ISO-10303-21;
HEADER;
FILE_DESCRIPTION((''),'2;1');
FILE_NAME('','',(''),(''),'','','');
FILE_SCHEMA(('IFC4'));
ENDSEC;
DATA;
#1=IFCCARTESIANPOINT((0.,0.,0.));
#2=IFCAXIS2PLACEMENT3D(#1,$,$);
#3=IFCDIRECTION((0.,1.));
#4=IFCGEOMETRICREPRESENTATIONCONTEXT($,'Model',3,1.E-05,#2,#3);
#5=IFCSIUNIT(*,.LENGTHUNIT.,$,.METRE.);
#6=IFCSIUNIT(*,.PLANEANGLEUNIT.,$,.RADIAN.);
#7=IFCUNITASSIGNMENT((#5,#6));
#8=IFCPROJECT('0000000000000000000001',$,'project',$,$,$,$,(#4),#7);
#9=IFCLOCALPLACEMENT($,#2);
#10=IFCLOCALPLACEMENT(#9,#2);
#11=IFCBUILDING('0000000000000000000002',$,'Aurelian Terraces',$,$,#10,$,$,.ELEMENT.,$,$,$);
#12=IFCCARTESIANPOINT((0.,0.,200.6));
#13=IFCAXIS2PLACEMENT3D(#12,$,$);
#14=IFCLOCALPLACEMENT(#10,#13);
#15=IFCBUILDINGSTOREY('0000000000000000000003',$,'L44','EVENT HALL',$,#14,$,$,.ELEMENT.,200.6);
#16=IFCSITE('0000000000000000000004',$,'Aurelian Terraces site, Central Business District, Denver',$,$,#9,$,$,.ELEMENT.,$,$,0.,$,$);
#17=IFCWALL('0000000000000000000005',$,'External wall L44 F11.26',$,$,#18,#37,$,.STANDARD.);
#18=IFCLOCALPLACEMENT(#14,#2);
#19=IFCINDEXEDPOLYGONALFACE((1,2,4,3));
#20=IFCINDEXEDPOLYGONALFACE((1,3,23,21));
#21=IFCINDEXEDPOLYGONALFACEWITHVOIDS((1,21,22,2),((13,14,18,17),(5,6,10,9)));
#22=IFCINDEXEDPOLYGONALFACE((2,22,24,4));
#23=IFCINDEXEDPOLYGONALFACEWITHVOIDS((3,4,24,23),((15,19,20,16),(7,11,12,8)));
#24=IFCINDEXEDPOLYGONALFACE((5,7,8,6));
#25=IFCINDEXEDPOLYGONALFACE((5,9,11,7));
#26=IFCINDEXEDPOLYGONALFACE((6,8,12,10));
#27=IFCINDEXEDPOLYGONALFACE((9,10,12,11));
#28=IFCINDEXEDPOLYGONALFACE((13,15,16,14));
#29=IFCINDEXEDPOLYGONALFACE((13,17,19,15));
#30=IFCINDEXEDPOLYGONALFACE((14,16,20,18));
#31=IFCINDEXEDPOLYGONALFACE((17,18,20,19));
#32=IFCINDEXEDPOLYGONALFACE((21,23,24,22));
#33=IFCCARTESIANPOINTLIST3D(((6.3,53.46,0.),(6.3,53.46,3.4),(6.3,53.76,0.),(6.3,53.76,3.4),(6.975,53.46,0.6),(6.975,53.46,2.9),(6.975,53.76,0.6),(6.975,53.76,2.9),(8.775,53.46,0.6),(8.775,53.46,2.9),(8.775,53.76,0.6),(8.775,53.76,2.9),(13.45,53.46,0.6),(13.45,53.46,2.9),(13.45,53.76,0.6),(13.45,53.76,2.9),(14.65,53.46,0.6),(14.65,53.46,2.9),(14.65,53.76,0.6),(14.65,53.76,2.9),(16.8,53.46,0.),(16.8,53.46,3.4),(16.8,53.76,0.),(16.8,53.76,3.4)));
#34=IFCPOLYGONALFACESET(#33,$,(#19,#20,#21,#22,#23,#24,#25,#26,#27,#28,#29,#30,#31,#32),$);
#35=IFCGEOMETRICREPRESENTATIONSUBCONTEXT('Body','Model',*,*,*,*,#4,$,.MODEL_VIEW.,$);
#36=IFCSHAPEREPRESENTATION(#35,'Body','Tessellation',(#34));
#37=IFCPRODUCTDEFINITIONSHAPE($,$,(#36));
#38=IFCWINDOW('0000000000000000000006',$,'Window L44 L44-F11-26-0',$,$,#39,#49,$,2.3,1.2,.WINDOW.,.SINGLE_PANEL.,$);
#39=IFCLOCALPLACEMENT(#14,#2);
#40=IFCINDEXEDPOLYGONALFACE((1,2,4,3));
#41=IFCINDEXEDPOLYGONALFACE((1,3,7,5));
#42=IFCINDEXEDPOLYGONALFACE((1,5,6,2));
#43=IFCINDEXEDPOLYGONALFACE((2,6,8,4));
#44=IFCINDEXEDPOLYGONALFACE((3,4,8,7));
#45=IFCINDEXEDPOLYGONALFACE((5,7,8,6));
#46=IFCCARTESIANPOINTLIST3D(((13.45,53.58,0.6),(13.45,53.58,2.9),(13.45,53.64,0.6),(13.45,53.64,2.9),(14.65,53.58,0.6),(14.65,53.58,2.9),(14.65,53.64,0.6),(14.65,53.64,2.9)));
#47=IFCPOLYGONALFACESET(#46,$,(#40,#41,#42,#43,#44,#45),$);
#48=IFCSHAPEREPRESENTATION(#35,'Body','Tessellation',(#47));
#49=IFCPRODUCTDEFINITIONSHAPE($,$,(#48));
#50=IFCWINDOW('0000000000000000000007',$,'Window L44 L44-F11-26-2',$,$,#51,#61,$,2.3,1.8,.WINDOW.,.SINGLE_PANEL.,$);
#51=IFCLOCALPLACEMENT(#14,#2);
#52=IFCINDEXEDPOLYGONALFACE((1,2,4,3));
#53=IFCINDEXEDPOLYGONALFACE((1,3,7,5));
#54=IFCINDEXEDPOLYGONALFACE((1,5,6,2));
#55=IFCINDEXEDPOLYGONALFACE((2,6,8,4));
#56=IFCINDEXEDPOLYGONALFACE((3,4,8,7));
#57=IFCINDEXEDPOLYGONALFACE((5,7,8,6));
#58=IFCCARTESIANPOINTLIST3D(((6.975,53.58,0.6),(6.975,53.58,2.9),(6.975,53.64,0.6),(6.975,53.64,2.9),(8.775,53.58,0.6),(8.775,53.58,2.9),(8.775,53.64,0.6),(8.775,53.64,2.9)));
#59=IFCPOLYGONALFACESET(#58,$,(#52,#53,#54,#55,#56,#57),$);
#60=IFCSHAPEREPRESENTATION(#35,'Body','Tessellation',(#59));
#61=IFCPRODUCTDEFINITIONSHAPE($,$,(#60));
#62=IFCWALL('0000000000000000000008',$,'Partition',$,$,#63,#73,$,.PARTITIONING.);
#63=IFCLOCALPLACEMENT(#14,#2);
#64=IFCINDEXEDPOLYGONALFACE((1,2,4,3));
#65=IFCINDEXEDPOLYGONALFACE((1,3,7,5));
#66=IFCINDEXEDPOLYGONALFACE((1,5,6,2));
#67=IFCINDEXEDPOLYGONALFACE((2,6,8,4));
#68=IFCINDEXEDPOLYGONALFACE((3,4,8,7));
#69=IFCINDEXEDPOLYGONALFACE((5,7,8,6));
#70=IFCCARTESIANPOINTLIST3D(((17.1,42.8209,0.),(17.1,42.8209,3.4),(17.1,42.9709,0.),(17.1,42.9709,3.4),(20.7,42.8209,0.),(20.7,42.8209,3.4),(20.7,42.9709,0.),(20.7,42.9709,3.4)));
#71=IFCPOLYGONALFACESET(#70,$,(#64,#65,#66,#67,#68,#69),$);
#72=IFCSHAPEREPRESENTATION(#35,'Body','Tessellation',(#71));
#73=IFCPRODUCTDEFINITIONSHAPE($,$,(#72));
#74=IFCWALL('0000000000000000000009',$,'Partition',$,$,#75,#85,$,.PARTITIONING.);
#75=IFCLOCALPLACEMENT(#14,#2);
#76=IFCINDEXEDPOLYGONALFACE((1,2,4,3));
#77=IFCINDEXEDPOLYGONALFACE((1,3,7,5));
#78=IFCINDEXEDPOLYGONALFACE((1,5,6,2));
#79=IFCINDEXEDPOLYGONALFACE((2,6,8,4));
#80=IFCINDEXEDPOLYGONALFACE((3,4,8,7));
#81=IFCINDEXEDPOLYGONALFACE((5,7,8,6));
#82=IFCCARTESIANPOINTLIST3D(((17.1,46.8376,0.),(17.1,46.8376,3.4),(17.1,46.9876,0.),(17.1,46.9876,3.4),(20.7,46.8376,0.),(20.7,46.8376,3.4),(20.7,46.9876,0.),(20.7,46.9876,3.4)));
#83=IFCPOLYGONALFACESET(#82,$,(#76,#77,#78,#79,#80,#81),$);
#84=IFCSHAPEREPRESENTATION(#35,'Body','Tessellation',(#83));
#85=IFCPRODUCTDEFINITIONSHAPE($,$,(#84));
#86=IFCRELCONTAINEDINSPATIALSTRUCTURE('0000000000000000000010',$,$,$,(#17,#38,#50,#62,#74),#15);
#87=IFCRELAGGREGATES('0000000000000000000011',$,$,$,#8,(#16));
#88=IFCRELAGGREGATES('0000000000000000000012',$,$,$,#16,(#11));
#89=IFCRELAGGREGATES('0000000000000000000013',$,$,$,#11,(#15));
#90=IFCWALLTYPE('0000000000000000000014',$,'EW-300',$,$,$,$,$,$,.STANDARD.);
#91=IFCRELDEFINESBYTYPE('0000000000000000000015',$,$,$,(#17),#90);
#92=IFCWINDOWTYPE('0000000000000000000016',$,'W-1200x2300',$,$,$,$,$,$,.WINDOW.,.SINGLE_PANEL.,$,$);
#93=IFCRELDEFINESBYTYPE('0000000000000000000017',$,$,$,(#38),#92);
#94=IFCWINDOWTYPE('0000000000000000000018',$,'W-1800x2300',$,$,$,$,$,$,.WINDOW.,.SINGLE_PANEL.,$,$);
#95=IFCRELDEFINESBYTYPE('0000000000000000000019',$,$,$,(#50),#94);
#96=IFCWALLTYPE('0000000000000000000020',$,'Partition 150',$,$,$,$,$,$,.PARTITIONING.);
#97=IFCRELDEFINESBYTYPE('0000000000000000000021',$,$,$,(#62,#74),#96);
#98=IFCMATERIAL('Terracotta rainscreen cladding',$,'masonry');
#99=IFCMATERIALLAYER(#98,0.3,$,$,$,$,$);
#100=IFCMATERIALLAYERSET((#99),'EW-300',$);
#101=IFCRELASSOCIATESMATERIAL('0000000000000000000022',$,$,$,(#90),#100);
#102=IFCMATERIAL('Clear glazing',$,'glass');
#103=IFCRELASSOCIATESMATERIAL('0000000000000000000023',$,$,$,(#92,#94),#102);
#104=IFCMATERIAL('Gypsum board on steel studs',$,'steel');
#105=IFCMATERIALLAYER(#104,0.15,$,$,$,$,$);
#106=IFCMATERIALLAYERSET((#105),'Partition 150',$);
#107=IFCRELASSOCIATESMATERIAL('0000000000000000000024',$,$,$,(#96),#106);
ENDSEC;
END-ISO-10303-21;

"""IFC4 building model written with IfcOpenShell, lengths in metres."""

from ifc_helpers import new_model, si_unit, direction, frame, frame_2d, origin, place, context, subcontext, project, spatial, rectangle, extrude, source, transform, mapped, material, layer, layer_set, type_object, element, fill, save


model = new_model("IFC4")

# Units and contexts
model_context = context("Model", 3, precision=1e-05, world=origin(), true_north=direction((0.0, 1.0)))
body_context = subcontext(model_context, "Body", "Model", "MODEL_VIEW")
ifc_project = project(units=[si_unit("LENGTHUNIT", "METRE"), si_unit("PLANEANGLEUNIT", "RADIAN")], contexts=[model_context])

# Site, building, storey
site_placement = place(None, origin())
site = spatial("IfcSite", under=ifc_project, at=site_placement, Name="Aurelian Terraces site, Central Business District, Denver", CompositionType="ELEMENT", RefElevation=0.0)
building_placement = place(site_placement, origin())
building = spatial("IfcBuilding", under=site, at=building_placement, Name="Aurelian Terraces", CompositionType="ELEMENT")
storey_placement = place(building_placement, frame((0.0, 0.0, 200.6)))
storey = spatial("IfcBuildingStorey", under=building, at=storey_placement, Name="L44", Description="EVENT HALL", CompositionType="ELEMENT", Elevation=200.6)

# Shared definitions
ifc_material_1 = material(Name="Terracotta rainscreen cladding", Category="masonry")
ifc_layer_1 = layer(ifc_material_1, 0.3)
ifc_layer_set_1 = layer_set([ifc_layer_1], Name="EW-300")
wall_type_1 = type_object("IfcWallType", Name="EW-300", PredefinedType="STANDARD", material=ifc_layer_set_1)
ifc_material_2 = material(Name="Clear glazing", Category="glass")

# Shared definitions
shared_shape_1 = source(origin(), body_context, "Body", "SweptSolid", [
    extrude(rectangle(XDim=1.2, YDim=2.3, at=frame_2d((0.6, 1.15))), frame((0.0, 0.16, 0.0), z_axis=(0.0, -1.0, 0.0), x_axis=(1.0, 0.0, 0.0)), (0.0, 0.0, 1.0), 0.32),
])
window_type_1 = type_object("IfcWindowType", Name="W-1200x2300", PartitioningType="SINGLE_PANEL", PredefinedType="WINDOW", material=ifc_material_2)
shared_shape_2 = source(origin(), body_context, "Body", "SweptSolid", [
    extrude(rectangle(XDim=1.2, YDim=2.3, at=frame_2d((0.6, 1.15))), frame((0.0, 0.03, 0.0), z_axis=(0.0, -1.0, 0.0), x_axis=(1.0, 0.0, 0.0)), (0.0, 0.0, 1.0), 0.06),
])

# Wall, openings, windows
shared_shape_3 = source(origin(), body_context, "Body", "SweptSolid", [
    extrude(rectangle(XDim=10.5, YDim=0.3, at=frame_2d((5.25, 0.0))), origin(), (0.0, 0.0, 1.0), 3.4),
])
wall_1_placement = place(storey_placement, frame((16.8, 53.61, 0.0), z_axis=(0.0, 0.0, 1.0), x_axis=(-1.0, 0.0, 0.0)))
wall_1 = element("IfcWall", 1, at=wall_1_placement, inside=storey, type_object=wall_type_1, Name="External wall L44 F11.26", PredefinedType="STANDARD", context=body_context, shape_type="MappedRepresentation", body=[
    mapped(shared_shape_3, transform((0.0, 0.0, 0.0), scale=1.0)),
])
opening_1_placement = place(wall_1_placement, frame((2.15, 0.0, 0.6)))
opening_1 = element("IfcOpeningElement", 2, at=opening_1_placement, cuts=wall_1, PredefinedType="OPENING", context=body_context, shape_type="MappedRepresentation", body=[
    mapped(shared_shape_1, transform((0.0, 0.0, 0.0), scale=1.0)),
])
shared_shape_4 = source(origin(), body_context, "Body", "SweptSolid", [
    extrude(rectangle(XDim=1.8, YDim=2.3, at=frame_2d((0.9, 1.15))), frame((0.0, 0.16, 0.0), z_axis=(0.0, -1.0, 0.0), x_axis=(1.0, 0.0, 0.0)), (0.0, 0.0, 1.0), 0.32),
])
opening_2_placement = place(wall_1_placement, frame((8.025, 0.0, 0.6)))
opening_2 = element("IfcOpeningElement", 3, at=opening_2_placement, cuts=wall_1, PredefinedType="OPENING", context=body_context, shape_type="MappedRepresentation", body=[
    mapped(shared_shape_4, transform((0.0, 0.0, 0.0), scale=1.0)),
])
window_1_placement = place(opening_1_placement, origin())
window_1 = element("IfcWindow", 4, at=window_1_placement, inside=storey, type_object=window_type_1, Name="Window L44 L44-F11-26-0", OverallHeight=2.3, OverallWidth=1.2, PartitioningType="SINGLE_PANEL", PredefinedType="WINDOW", context=body_context, shape_type="MappedRepresentation", body=[
    mapped(shared_shape_2, transform((0.0, 0.0, 0.0), scale=1.0)),
])
fill(opening_1, window_1)
window_type_2 = type_object("IfcWindowType", Name="W-1800x2300", PartitioningType="SINGLE_PANEL", PredefinedType="WINDOW", material=ifc_material_2)
shared_shape_5 = source(origin(), body_context, "Body", "SweptSolid", [
    extrude(rectangle(XDim=1.8, YDim=2.3, at=frame_2d((0.9, 1.15))), frame((0.0, 0.03, 0.0), z_axis=(0.0, -1.0, 0.0), x_axis=(1.0, 0.0, 0.0)), (0.0, 0.0, 1.0), 0.06),
])
window_2_placement = place(opening_2_placement, origin())
window_2 = element("IfcWindow", 5, at=window_2_placement, inside=storey, type_object=window_type_2, Name="Window L44 L44-F11-26-2", OverallHeight=2.3, OverallWidth=1.8, PartitioningType="SINGLE_PANEL", PredefinedType="WINDOW", context=body_context, shape_type="MappedRepresentation", body=[
    mapped(shared_shape_5, transform((0.0, 0.0, 0.0), scale=1.0)),
])
fill(opening_2, window_2)

# Walls
ifc_material_3 = material(Name="Gypsum board on steel studs", Category="steel")
ifc_layer_2 = layer(ifc_material_3, 0.15)
ifc_layer_set_2 = layer_set([ifc_layer_2], Name="Partition 150")
wall_type_2 = type_object("IfcWallType", Name="Partition 150", PredefinedType="PARTITIONING", material=ifc_layer_set_2)
shared_shape_6 = source(origin(), body_context, "Body", "SweptSolid", [
    extrude(rectangle(XDim=3.6, YDim=0.15, at=frame_2d((1.8, 0.0))), origin(), (0.0, 0.0, 1.0), 3.4),
])
for number, where, z_axis, x_axis, name in (
    (6, (17.1, 42.8959, 0.0), (0.0, 0.0, 1.0), (1.0, 0.0, 0.0), "Partition"),
    (7, (17.1, 46.9126, 0.0), (0.0, 0.0, 1.0), (1.0, 0.0, 0.0), "Partition"),
):
    element("IfcWall", number, at=place(storey_placement, frame(where, z_axis=z_axis, x_axis=x_axis)), inside=storey, type_object=wall_type_2, Name=name, PredefinedType="PARTITIONING", context=body_context, shape_type="MappedRepresentation", body=[
        mapped(shared_shape_6, transform((0.0, 0.0, 0.0), scale=1.0)),
    ])

save(model, "model.ifc")
